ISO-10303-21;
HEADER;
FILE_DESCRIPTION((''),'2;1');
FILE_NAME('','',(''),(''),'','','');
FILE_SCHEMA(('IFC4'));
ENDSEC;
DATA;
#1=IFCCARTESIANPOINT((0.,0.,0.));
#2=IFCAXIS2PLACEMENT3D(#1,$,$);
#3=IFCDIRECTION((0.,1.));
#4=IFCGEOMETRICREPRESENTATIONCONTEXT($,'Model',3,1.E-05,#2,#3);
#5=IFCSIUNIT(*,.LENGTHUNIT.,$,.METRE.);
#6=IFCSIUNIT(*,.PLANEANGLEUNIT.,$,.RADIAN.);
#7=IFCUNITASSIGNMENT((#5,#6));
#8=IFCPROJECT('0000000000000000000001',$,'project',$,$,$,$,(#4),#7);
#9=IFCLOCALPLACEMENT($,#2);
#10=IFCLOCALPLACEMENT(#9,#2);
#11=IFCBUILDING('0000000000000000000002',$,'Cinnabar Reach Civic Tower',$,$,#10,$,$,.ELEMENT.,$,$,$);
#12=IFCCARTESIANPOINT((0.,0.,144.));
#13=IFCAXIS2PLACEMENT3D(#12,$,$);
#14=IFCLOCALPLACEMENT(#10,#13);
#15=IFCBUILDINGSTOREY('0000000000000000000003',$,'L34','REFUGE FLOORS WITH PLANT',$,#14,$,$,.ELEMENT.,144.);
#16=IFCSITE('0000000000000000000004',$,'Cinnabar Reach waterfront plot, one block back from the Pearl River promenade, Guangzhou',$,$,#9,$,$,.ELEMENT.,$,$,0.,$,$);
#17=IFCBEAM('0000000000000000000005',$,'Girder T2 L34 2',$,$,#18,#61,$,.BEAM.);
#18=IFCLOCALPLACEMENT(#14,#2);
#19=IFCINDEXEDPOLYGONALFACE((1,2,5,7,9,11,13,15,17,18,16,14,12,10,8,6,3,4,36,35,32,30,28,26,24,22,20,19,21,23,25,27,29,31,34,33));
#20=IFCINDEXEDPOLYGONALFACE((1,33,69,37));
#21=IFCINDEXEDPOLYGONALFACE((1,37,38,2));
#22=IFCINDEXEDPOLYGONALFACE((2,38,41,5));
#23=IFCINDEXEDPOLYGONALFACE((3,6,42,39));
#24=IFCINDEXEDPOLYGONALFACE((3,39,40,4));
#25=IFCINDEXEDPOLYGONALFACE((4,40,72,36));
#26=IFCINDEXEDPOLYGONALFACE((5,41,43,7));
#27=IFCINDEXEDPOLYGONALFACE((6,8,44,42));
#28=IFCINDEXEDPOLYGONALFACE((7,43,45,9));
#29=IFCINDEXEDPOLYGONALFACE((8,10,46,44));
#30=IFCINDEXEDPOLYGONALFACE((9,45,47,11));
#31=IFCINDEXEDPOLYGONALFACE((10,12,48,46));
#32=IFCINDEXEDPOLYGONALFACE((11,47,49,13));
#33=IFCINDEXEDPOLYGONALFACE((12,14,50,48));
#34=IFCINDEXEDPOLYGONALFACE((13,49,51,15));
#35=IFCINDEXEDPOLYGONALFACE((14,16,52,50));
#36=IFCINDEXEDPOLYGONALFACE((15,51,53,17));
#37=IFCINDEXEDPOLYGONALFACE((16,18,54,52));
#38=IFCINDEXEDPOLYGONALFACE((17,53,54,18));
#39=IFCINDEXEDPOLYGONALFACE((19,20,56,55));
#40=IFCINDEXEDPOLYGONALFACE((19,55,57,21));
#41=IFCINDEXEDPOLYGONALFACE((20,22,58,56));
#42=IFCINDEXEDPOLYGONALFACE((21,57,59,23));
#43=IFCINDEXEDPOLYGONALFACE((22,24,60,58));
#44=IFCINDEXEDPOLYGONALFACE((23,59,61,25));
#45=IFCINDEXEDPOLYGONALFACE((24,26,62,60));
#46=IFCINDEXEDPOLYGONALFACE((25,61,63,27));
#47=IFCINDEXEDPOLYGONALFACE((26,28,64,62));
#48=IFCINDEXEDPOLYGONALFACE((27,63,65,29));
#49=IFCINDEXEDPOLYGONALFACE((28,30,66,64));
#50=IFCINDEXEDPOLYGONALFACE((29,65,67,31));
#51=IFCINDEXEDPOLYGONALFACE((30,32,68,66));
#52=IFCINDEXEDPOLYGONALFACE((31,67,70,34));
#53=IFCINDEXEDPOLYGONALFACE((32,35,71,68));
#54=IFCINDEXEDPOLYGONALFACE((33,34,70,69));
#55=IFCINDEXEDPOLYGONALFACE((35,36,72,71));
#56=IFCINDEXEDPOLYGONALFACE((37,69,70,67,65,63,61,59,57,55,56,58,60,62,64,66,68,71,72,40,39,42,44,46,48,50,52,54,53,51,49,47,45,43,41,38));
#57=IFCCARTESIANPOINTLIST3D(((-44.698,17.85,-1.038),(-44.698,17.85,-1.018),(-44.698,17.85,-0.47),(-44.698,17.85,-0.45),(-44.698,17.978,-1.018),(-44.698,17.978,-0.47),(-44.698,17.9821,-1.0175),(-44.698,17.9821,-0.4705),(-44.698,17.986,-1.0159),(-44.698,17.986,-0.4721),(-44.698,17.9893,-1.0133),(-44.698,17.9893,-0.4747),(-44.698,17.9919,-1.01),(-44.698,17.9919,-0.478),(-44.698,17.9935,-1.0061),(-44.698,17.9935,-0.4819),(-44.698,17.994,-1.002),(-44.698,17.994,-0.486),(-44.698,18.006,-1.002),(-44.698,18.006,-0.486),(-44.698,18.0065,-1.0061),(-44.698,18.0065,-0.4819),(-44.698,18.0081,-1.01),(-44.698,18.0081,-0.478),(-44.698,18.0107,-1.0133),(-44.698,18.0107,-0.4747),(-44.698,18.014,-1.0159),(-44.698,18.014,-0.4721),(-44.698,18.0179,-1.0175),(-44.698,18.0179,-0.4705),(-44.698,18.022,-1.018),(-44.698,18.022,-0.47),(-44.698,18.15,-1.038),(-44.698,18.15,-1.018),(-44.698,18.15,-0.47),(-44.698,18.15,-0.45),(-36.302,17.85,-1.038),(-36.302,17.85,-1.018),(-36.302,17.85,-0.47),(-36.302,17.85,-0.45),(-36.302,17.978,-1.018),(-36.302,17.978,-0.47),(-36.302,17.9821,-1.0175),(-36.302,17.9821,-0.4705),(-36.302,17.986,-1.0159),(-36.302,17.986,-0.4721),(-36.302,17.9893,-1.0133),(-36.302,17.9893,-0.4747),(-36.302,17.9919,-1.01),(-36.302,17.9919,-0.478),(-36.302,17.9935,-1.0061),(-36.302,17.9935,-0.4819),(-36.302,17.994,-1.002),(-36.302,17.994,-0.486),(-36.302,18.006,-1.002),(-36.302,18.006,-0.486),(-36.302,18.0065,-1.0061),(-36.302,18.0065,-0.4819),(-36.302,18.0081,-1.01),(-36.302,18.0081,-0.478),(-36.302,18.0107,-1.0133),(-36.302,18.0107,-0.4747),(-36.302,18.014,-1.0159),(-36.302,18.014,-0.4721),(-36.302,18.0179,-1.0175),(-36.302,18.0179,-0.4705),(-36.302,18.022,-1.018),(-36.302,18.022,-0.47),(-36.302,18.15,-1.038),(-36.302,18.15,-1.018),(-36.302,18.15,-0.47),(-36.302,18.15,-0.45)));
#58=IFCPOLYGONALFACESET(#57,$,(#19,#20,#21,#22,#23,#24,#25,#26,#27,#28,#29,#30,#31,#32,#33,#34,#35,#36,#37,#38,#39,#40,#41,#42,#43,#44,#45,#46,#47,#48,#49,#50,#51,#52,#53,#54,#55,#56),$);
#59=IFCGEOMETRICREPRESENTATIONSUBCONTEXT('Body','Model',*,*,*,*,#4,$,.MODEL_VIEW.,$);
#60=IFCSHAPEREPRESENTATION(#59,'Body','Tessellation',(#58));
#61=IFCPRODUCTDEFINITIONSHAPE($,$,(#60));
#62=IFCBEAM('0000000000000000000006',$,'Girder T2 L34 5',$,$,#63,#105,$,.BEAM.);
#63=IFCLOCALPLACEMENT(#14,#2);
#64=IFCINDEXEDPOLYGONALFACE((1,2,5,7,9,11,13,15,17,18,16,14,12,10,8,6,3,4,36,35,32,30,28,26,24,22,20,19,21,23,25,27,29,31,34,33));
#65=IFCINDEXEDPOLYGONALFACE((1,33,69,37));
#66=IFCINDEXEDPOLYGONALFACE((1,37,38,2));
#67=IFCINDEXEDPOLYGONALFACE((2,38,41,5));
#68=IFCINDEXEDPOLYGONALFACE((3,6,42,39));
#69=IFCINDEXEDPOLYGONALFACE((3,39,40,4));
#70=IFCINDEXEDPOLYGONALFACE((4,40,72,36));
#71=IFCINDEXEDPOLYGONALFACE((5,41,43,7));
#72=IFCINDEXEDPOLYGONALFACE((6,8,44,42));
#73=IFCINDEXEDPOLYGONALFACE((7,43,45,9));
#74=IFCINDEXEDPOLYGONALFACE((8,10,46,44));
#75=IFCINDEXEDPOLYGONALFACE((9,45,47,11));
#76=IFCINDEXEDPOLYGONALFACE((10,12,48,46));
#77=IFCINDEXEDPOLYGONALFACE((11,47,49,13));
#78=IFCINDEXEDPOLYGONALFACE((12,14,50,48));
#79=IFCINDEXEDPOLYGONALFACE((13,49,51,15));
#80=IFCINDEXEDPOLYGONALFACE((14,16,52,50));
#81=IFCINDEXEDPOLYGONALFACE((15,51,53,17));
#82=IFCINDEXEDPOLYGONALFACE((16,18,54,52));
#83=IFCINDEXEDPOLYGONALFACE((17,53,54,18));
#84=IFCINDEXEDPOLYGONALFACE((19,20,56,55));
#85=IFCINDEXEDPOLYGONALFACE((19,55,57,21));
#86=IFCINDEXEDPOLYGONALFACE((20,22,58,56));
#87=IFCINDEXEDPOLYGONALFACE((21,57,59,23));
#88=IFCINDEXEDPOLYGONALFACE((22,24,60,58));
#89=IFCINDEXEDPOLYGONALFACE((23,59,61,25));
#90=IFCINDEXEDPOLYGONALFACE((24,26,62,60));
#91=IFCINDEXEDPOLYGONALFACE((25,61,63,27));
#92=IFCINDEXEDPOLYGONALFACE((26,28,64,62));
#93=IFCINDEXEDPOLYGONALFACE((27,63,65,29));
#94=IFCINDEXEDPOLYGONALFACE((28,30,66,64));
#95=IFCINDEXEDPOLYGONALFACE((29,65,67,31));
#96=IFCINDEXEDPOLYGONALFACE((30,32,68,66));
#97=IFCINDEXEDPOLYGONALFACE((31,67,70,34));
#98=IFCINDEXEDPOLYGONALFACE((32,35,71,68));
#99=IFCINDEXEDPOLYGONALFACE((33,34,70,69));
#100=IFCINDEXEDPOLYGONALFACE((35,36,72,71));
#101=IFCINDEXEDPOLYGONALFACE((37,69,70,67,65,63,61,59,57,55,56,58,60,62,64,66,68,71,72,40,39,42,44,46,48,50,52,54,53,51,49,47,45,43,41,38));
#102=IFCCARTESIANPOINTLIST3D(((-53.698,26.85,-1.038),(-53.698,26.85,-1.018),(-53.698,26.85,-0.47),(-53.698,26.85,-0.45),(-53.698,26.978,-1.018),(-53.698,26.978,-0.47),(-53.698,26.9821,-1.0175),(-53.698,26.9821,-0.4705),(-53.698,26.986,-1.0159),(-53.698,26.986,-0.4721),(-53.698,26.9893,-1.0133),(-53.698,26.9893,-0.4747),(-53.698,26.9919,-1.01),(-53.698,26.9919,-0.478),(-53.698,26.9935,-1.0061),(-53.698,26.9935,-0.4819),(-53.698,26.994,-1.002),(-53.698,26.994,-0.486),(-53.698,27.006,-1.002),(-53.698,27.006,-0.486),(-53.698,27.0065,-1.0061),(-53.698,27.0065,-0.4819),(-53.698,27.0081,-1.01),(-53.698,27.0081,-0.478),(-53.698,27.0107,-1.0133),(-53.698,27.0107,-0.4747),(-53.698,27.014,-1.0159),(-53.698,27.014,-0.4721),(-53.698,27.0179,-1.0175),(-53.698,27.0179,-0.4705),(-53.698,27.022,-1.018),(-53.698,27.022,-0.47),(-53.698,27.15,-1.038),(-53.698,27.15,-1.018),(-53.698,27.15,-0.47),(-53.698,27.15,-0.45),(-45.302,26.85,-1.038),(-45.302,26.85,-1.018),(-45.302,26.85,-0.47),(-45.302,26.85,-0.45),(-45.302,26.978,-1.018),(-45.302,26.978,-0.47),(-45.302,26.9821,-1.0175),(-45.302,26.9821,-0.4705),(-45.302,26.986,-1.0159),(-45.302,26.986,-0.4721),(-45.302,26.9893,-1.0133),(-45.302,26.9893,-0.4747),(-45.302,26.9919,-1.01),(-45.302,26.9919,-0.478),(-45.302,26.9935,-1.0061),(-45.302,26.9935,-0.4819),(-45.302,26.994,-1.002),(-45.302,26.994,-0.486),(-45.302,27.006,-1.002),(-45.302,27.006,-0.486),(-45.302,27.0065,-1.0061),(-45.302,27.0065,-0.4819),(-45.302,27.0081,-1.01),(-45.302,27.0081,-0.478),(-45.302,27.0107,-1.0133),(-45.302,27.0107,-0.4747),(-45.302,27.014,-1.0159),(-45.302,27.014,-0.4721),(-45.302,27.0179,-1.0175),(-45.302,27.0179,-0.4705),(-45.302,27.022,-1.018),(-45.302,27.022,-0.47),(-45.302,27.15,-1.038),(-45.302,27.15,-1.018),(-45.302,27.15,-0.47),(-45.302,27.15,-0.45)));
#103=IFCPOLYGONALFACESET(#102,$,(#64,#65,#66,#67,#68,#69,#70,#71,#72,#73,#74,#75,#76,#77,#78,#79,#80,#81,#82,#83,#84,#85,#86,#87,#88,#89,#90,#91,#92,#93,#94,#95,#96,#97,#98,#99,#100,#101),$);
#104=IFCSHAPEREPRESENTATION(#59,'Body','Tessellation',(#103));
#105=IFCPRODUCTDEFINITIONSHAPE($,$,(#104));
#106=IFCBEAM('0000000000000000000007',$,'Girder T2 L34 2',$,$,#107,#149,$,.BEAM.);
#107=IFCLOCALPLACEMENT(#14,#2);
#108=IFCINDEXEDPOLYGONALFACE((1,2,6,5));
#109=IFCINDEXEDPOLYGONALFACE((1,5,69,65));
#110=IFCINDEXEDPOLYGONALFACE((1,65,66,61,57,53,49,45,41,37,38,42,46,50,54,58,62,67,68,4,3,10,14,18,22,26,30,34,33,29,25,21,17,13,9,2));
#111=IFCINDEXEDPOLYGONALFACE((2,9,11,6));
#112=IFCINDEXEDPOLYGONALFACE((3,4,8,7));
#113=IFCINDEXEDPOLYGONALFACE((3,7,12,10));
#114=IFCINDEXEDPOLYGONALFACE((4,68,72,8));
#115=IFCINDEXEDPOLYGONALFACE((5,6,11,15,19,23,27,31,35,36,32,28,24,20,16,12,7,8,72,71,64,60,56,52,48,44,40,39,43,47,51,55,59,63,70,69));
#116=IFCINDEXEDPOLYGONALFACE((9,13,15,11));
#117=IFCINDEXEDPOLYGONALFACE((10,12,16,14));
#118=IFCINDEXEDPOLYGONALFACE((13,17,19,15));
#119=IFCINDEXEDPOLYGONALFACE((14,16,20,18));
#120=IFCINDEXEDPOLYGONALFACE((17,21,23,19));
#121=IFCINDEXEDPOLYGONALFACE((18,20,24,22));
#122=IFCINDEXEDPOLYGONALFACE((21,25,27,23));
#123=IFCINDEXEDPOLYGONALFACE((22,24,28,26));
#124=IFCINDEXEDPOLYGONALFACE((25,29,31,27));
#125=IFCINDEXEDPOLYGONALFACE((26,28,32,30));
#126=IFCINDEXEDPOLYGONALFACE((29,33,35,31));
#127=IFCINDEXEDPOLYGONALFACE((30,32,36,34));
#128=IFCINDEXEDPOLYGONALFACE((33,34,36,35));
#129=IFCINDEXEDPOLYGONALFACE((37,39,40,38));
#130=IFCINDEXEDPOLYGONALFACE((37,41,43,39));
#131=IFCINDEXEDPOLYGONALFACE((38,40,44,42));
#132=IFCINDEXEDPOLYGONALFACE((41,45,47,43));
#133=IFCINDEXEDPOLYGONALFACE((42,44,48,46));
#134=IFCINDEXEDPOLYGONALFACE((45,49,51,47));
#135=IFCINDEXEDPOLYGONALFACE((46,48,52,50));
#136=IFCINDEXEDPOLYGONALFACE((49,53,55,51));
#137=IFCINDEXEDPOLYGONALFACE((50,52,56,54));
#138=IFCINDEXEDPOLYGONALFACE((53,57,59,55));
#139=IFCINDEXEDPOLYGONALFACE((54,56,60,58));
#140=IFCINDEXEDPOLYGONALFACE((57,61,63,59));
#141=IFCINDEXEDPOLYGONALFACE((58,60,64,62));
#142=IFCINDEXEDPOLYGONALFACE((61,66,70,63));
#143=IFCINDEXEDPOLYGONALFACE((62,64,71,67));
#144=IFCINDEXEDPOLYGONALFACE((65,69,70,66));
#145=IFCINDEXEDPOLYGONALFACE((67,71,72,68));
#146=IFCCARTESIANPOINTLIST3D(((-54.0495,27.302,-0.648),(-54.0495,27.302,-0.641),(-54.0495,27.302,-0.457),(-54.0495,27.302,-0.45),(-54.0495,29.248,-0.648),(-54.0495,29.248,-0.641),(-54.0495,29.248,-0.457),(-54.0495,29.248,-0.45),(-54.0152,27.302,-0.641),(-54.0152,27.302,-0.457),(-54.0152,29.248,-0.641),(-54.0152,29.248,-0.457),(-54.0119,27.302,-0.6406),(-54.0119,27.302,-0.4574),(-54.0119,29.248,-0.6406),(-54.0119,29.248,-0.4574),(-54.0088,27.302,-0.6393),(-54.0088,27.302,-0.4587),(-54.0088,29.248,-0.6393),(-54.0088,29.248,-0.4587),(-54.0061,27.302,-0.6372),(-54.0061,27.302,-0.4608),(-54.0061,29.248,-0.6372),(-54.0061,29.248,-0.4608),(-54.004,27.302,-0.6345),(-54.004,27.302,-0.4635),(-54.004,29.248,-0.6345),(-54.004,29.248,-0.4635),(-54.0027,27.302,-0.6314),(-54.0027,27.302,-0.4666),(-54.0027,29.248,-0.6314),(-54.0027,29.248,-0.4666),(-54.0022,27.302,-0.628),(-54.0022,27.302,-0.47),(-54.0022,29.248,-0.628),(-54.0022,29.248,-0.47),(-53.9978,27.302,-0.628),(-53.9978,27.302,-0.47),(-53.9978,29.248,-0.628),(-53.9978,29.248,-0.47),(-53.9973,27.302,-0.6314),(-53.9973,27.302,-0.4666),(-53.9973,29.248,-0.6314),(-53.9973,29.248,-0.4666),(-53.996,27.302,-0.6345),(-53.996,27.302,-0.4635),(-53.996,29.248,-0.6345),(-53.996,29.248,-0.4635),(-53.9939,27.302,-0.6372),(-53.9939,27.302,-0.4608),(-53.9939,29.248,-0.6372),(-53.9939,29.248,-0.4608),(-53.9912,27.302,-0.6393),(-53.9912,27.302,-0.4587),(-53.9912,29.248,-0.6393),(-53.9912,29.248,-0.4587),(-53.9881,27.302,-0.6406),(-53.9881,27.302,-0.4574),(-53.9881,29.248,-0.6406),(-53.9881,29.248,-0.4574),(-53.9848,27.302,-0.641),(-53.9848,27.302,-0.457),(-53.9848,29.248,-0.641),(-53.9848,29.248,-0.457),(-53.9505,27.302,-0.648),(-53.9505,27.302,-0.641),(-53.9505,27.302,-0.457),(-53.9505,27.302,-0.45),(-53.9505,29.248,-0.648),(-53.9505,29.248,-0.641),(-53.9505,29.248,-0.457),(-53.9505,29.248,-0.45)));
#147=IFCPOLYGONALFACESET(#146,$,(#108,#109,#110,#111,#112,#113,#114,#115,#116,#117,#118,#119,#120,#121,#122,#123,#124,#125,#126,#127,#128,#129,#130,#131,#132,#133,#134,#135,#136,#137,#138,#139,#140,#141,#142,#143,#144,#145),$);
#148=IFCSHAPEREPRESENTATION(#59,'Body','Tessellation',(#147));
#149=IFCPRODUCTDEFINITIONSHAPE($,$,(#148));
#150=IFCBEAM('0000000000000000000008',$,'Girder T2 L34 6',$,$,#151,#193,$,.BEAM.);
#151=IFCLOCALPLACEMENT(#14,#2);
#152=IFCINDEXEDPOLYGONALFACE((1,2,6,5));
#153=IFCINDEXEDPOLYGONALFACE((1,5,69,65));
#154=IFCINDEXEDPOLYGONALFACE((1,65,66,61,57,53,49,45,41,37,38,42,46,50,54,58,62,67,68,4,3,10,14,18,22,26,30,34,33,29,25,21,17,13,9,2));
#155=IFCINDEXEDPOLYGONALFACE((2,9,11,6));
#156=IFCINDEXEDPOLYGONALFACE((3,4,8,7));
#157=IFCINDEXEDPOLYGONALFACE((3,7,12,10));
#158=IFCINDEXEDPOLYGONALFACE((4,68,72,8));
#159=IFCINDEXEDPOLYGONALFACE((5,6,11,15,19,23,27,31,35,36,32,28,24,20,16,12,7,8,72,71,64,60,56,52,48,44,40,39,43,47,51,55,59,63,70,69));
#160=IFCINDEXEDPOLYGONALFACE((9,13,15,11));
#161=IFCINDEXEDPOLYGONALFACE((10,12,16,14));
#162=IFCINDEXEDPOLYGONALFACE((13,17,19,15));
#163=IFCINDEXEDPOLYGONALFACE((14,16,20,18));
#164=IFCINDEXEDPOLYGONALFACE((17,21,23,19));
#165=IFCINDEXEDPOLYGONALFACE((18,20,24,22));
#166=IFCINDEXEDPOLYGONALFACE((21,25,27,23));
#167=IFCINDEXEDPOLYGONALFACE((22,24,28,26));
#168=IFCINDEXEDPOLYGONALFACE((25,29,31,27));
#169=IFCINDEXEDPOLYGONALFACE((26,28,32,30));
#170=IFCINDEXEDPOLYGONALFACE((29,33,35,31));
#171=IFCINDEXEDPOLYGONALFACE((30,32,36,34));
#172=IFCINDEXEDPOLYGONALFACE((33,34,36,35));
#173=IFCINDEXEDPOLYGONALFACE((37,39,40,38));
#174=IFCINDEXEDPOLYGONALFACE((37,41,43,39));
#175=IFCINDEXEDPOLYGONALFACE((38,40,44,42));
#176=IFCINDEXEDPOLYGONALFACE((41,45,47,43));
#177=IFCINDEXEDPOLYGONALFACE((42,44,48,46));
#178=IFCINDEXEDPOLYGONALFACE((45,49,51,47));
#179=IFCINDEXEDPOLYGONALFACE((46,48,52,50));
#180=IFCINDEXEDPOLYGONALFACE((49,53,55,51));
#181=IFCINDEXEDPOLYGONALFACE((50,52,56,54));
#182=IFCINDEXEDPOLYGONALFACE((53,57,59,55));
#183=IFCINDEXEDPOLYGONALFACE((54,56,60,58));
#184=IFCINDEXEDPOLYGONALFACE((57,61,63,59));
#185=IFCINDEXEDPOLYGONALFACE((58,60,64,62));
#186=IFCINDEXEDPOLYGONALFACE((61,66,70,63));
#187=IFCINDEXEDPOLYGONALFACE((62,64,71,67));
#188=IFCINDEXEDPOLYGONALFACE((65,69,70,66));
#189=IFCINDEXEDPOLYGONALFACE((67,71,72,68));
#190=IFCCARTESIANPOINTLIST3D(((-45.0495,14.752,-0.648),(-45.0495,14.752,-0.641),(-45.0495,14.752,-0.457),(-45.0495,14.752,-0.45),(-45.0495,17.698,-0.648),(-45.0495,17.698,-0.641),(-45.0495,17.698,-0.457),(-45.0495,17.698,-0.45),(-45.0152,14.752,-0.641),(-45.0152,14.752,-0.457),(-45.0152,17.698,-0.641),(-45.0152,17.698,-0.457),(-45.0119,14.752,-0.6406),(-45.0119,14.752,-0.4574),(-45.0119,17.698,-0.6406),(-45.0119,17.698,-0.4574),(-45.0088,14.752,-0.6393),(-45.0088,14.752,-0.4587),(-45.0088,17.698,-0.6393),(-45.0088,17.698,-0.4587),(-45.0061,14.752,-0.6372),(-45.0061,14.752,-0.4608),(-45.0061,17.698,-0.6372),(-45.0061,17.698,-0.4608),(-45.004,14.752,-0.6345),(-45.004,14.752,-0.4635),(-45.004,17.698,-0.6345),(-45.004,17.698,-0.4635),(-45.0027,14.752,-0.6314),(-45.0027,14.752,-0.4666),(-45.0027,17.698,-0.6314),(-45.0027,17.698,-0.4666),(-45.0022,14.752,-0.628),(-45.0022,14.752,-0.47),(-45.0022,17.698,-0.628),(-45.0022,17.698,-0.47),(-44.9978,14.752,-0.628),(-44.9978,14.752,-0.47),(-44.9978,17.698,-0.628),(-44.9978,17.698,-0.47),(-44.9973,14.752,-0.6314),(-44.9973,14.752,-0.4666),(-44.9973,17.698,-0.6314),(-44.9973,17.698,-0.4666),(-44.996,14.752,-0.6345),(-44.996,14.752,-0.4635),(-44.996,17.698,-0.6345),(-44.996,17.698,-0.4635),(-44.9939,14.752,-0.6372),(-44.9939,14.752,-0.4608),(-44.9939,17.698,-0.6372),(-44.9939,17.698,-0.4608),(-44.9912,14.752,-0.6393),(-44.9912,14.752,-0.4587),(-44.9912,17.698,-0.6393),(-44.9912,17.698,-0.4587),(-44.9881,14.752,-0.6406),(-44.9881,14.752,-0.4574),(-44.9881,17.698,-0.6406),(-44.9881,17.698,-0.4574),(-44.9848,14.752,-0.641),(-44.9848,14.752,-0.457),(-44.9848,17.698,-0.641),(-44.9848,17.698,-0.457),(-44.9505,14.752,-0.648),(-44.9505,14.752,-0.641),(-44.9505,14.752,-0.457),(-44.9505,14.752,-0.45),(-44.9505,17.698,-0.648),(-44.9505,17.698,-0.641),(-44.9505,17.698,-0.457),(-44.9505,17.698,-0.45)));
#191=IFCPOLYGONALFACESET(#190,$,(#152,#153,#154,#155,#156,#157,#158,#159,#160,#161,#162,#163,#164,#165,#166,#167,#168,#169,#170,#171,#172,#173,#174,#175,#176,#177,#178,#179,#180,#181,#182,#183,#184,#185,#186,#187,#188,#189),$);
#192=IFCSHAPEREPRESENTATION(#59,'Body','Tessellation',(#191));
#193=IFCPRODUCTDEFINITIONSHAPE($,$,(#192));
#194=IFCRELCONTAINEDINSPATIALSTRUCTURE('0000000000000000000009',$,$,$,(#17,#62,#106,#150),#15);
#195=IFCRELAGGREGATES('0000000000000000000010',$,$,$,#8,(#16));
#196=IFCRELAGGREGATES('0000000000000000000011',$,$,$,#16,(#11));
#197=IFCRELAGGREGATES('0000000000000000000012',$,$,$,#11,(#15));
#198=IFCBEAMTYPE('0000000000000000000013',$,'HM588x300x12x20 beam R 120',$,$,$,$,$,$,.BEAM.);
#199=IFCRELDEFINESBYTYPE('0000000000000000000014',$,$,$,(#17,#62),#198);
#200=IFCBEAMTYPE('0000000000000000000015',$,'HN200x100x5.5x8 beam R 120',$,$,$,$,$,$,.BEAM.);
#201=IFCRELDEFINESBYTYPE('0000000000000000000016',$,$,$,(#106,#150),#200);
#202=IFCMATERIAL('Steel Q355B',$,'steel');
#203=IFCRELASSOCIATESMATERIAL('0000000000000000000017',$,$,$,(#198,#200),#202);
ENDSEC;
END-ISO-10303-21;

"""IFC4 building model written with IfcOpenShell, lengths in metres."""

from ifc_helpers import new_model, si_unit, direction, frame, origin, origin_2d, place, context, subcontext, project, spatial, i_section, extrude, material, material_profile, profile_set, type_object, element, save


model = new_model("IFC4")

# Units and contexts
model_context = context("Model", 3, precision=1e-05, world=origin(), true_north=direction((0.0, 1.0)))
body_context = subcontext(model_context, "Body", "Model", "MODEL_VIEW")
ifc_project = project(units=[si_unit("LENGTHUNIT", "METRE"), si_unit("PLANEANGLEUNIT", "RADIAN")], contexts=[model_context])

# Site, building, storey
site_placement = place(None, origin())
site = spatial("IfcSite", under=ifc_project, at=site_placement, Name="Cinnabar Reach waterfront plot, one block back from the Pearl River promenade, Guangzhou", CompositionType="ELEMENT", RefElevation=0.0)
building_placement = place(site_placement, origin())
building = spatial("IfcBuilding", under=site, at=building_placement, Name="Cinnabar Reach Civic Tower", CompositionType="ELEMENT")
storey_placement = place(building_placement, frame((0.0, 0.0, 144.0)))
storey = spatial("IfcBuildingStorey", under=building, at=storey_placement, Name="L34", Description="REFUGE FLOORS WITH PLANT", CompositionType="ELEMENT", Elevation=144.0)

# Beams
ifc_material_1 = material(Name="Steel Q355B", Category="steel")
ifc_material_profile_1 = material_profile(ifc_material_1, i_section(OverallWidth=0.3, OverallDepth=0.588, WebThickness=0.012, FlangeThickness=0.02, FilletRadius=0.016, at=origin_2d()), Name="HM588x300x12x20")
ifc_profile_set_1 = profile_set([ifc_material_profile_1], Name="Steel Q355B")
beam_type_1 = type_object("IfcBeamType", Name="HM588x300x12x20 beam R 120", PredefinedType="BEAM", material=ifc_profile_set_1)
for number, where, z_axis, x_axis, name in (
    (1, (-44.698, 18.0, -0.744), (1.0, 0.0, 0.0), (0.0, 1.0, 0.0), "Girder T2 L34 2"),
    (2, (-53.698, 27.0, -0.744), (1.0, 0.0, 0.0), (0.0, 1.0, 0.0), "Girder T2 L34 5"),
):
    element("IfcBeam", number, at=place(storey_placement, frame(where, z_axis=z_axis, x_axis=x_axis)), inside=storey, type_object=beam_type_1, Name=name, PredefinedType="BEAM", context=body_context, shape_type="SweptSolid", body=[
        extrude(i_section(OverallWidth=0.3, OverallDepth=0.588, WebThickness=0.012, FlangeThickness=0.02, FilletRadius=0.016, at=origin_2d()), origin(), (0.0, 0.0, 1.0), 8.396),
    ])
ifc_material_profile_2 = material_profile(ifc_material_1, i_section(OverallWidth=0.099, OverallDepth=0.198, WebThickness=0.0045, FlangeThickness=0.007, FilletRadius=0.013, at=origin_2d()), Name="HN200x100x5.5x8")
ifc_profile_set_2 = profile_set([ifc_material_profile_2], Name="Steel Q355B")
beam_type_2 = type_object("IfcBeamType", Name="HN200x100x5.5x8 beam R 120", PredefinedType="BEAM", material=ifc_profile_set_2)
beam_1_placement = place(storey_placement, frame((-54.0, 27.302, -0.549), z_axis=(0.0, 1.0, 0.0), x_axis=(-1.0, 0.0, 0.0)))
element("IfcBeam", 3, at=beam_1_placement, inside=storey, type_object=beam_type_2, Name="Girder T2 L34 2", PredefinedType="BEAM", context=body_context, shape_type="SweptSolid", body=[
    extrude(i_section(OverallWidth=0.099, OverallDepth=0.198, WebThickness=0.0045, FlangeThickness=0.007, FilletRadius=0.013, at=origin_2d()), origin(), (0.0, 0.0, 1.0), 1.946),
])
beam_2_placement = place(storey_placement, frame((-45.0, 14.752, -0.549), z_axis=(0.0, 1.0, 0.0), x_axis=(-1.0, 0.0, 0.0)))
element("IfcBeam", 4, at=beam_2_placement, inside=storey, type_object=beam_type_2, Name="Girder T2 L34 6", PredefinedType="BEAM", context=body_context, shape_type="SweptSolid", body=[
    extrude(i_section(OverallWidth=0.099, OverallDepth=0.198, WebThickness=0.0045, FlangeThickness=0.007, FilletRadius=0.013, at=origin_2d()), origin(), (0.0, 0.0, 1.0), 2.946),
])

save(model, "model.ifc")
